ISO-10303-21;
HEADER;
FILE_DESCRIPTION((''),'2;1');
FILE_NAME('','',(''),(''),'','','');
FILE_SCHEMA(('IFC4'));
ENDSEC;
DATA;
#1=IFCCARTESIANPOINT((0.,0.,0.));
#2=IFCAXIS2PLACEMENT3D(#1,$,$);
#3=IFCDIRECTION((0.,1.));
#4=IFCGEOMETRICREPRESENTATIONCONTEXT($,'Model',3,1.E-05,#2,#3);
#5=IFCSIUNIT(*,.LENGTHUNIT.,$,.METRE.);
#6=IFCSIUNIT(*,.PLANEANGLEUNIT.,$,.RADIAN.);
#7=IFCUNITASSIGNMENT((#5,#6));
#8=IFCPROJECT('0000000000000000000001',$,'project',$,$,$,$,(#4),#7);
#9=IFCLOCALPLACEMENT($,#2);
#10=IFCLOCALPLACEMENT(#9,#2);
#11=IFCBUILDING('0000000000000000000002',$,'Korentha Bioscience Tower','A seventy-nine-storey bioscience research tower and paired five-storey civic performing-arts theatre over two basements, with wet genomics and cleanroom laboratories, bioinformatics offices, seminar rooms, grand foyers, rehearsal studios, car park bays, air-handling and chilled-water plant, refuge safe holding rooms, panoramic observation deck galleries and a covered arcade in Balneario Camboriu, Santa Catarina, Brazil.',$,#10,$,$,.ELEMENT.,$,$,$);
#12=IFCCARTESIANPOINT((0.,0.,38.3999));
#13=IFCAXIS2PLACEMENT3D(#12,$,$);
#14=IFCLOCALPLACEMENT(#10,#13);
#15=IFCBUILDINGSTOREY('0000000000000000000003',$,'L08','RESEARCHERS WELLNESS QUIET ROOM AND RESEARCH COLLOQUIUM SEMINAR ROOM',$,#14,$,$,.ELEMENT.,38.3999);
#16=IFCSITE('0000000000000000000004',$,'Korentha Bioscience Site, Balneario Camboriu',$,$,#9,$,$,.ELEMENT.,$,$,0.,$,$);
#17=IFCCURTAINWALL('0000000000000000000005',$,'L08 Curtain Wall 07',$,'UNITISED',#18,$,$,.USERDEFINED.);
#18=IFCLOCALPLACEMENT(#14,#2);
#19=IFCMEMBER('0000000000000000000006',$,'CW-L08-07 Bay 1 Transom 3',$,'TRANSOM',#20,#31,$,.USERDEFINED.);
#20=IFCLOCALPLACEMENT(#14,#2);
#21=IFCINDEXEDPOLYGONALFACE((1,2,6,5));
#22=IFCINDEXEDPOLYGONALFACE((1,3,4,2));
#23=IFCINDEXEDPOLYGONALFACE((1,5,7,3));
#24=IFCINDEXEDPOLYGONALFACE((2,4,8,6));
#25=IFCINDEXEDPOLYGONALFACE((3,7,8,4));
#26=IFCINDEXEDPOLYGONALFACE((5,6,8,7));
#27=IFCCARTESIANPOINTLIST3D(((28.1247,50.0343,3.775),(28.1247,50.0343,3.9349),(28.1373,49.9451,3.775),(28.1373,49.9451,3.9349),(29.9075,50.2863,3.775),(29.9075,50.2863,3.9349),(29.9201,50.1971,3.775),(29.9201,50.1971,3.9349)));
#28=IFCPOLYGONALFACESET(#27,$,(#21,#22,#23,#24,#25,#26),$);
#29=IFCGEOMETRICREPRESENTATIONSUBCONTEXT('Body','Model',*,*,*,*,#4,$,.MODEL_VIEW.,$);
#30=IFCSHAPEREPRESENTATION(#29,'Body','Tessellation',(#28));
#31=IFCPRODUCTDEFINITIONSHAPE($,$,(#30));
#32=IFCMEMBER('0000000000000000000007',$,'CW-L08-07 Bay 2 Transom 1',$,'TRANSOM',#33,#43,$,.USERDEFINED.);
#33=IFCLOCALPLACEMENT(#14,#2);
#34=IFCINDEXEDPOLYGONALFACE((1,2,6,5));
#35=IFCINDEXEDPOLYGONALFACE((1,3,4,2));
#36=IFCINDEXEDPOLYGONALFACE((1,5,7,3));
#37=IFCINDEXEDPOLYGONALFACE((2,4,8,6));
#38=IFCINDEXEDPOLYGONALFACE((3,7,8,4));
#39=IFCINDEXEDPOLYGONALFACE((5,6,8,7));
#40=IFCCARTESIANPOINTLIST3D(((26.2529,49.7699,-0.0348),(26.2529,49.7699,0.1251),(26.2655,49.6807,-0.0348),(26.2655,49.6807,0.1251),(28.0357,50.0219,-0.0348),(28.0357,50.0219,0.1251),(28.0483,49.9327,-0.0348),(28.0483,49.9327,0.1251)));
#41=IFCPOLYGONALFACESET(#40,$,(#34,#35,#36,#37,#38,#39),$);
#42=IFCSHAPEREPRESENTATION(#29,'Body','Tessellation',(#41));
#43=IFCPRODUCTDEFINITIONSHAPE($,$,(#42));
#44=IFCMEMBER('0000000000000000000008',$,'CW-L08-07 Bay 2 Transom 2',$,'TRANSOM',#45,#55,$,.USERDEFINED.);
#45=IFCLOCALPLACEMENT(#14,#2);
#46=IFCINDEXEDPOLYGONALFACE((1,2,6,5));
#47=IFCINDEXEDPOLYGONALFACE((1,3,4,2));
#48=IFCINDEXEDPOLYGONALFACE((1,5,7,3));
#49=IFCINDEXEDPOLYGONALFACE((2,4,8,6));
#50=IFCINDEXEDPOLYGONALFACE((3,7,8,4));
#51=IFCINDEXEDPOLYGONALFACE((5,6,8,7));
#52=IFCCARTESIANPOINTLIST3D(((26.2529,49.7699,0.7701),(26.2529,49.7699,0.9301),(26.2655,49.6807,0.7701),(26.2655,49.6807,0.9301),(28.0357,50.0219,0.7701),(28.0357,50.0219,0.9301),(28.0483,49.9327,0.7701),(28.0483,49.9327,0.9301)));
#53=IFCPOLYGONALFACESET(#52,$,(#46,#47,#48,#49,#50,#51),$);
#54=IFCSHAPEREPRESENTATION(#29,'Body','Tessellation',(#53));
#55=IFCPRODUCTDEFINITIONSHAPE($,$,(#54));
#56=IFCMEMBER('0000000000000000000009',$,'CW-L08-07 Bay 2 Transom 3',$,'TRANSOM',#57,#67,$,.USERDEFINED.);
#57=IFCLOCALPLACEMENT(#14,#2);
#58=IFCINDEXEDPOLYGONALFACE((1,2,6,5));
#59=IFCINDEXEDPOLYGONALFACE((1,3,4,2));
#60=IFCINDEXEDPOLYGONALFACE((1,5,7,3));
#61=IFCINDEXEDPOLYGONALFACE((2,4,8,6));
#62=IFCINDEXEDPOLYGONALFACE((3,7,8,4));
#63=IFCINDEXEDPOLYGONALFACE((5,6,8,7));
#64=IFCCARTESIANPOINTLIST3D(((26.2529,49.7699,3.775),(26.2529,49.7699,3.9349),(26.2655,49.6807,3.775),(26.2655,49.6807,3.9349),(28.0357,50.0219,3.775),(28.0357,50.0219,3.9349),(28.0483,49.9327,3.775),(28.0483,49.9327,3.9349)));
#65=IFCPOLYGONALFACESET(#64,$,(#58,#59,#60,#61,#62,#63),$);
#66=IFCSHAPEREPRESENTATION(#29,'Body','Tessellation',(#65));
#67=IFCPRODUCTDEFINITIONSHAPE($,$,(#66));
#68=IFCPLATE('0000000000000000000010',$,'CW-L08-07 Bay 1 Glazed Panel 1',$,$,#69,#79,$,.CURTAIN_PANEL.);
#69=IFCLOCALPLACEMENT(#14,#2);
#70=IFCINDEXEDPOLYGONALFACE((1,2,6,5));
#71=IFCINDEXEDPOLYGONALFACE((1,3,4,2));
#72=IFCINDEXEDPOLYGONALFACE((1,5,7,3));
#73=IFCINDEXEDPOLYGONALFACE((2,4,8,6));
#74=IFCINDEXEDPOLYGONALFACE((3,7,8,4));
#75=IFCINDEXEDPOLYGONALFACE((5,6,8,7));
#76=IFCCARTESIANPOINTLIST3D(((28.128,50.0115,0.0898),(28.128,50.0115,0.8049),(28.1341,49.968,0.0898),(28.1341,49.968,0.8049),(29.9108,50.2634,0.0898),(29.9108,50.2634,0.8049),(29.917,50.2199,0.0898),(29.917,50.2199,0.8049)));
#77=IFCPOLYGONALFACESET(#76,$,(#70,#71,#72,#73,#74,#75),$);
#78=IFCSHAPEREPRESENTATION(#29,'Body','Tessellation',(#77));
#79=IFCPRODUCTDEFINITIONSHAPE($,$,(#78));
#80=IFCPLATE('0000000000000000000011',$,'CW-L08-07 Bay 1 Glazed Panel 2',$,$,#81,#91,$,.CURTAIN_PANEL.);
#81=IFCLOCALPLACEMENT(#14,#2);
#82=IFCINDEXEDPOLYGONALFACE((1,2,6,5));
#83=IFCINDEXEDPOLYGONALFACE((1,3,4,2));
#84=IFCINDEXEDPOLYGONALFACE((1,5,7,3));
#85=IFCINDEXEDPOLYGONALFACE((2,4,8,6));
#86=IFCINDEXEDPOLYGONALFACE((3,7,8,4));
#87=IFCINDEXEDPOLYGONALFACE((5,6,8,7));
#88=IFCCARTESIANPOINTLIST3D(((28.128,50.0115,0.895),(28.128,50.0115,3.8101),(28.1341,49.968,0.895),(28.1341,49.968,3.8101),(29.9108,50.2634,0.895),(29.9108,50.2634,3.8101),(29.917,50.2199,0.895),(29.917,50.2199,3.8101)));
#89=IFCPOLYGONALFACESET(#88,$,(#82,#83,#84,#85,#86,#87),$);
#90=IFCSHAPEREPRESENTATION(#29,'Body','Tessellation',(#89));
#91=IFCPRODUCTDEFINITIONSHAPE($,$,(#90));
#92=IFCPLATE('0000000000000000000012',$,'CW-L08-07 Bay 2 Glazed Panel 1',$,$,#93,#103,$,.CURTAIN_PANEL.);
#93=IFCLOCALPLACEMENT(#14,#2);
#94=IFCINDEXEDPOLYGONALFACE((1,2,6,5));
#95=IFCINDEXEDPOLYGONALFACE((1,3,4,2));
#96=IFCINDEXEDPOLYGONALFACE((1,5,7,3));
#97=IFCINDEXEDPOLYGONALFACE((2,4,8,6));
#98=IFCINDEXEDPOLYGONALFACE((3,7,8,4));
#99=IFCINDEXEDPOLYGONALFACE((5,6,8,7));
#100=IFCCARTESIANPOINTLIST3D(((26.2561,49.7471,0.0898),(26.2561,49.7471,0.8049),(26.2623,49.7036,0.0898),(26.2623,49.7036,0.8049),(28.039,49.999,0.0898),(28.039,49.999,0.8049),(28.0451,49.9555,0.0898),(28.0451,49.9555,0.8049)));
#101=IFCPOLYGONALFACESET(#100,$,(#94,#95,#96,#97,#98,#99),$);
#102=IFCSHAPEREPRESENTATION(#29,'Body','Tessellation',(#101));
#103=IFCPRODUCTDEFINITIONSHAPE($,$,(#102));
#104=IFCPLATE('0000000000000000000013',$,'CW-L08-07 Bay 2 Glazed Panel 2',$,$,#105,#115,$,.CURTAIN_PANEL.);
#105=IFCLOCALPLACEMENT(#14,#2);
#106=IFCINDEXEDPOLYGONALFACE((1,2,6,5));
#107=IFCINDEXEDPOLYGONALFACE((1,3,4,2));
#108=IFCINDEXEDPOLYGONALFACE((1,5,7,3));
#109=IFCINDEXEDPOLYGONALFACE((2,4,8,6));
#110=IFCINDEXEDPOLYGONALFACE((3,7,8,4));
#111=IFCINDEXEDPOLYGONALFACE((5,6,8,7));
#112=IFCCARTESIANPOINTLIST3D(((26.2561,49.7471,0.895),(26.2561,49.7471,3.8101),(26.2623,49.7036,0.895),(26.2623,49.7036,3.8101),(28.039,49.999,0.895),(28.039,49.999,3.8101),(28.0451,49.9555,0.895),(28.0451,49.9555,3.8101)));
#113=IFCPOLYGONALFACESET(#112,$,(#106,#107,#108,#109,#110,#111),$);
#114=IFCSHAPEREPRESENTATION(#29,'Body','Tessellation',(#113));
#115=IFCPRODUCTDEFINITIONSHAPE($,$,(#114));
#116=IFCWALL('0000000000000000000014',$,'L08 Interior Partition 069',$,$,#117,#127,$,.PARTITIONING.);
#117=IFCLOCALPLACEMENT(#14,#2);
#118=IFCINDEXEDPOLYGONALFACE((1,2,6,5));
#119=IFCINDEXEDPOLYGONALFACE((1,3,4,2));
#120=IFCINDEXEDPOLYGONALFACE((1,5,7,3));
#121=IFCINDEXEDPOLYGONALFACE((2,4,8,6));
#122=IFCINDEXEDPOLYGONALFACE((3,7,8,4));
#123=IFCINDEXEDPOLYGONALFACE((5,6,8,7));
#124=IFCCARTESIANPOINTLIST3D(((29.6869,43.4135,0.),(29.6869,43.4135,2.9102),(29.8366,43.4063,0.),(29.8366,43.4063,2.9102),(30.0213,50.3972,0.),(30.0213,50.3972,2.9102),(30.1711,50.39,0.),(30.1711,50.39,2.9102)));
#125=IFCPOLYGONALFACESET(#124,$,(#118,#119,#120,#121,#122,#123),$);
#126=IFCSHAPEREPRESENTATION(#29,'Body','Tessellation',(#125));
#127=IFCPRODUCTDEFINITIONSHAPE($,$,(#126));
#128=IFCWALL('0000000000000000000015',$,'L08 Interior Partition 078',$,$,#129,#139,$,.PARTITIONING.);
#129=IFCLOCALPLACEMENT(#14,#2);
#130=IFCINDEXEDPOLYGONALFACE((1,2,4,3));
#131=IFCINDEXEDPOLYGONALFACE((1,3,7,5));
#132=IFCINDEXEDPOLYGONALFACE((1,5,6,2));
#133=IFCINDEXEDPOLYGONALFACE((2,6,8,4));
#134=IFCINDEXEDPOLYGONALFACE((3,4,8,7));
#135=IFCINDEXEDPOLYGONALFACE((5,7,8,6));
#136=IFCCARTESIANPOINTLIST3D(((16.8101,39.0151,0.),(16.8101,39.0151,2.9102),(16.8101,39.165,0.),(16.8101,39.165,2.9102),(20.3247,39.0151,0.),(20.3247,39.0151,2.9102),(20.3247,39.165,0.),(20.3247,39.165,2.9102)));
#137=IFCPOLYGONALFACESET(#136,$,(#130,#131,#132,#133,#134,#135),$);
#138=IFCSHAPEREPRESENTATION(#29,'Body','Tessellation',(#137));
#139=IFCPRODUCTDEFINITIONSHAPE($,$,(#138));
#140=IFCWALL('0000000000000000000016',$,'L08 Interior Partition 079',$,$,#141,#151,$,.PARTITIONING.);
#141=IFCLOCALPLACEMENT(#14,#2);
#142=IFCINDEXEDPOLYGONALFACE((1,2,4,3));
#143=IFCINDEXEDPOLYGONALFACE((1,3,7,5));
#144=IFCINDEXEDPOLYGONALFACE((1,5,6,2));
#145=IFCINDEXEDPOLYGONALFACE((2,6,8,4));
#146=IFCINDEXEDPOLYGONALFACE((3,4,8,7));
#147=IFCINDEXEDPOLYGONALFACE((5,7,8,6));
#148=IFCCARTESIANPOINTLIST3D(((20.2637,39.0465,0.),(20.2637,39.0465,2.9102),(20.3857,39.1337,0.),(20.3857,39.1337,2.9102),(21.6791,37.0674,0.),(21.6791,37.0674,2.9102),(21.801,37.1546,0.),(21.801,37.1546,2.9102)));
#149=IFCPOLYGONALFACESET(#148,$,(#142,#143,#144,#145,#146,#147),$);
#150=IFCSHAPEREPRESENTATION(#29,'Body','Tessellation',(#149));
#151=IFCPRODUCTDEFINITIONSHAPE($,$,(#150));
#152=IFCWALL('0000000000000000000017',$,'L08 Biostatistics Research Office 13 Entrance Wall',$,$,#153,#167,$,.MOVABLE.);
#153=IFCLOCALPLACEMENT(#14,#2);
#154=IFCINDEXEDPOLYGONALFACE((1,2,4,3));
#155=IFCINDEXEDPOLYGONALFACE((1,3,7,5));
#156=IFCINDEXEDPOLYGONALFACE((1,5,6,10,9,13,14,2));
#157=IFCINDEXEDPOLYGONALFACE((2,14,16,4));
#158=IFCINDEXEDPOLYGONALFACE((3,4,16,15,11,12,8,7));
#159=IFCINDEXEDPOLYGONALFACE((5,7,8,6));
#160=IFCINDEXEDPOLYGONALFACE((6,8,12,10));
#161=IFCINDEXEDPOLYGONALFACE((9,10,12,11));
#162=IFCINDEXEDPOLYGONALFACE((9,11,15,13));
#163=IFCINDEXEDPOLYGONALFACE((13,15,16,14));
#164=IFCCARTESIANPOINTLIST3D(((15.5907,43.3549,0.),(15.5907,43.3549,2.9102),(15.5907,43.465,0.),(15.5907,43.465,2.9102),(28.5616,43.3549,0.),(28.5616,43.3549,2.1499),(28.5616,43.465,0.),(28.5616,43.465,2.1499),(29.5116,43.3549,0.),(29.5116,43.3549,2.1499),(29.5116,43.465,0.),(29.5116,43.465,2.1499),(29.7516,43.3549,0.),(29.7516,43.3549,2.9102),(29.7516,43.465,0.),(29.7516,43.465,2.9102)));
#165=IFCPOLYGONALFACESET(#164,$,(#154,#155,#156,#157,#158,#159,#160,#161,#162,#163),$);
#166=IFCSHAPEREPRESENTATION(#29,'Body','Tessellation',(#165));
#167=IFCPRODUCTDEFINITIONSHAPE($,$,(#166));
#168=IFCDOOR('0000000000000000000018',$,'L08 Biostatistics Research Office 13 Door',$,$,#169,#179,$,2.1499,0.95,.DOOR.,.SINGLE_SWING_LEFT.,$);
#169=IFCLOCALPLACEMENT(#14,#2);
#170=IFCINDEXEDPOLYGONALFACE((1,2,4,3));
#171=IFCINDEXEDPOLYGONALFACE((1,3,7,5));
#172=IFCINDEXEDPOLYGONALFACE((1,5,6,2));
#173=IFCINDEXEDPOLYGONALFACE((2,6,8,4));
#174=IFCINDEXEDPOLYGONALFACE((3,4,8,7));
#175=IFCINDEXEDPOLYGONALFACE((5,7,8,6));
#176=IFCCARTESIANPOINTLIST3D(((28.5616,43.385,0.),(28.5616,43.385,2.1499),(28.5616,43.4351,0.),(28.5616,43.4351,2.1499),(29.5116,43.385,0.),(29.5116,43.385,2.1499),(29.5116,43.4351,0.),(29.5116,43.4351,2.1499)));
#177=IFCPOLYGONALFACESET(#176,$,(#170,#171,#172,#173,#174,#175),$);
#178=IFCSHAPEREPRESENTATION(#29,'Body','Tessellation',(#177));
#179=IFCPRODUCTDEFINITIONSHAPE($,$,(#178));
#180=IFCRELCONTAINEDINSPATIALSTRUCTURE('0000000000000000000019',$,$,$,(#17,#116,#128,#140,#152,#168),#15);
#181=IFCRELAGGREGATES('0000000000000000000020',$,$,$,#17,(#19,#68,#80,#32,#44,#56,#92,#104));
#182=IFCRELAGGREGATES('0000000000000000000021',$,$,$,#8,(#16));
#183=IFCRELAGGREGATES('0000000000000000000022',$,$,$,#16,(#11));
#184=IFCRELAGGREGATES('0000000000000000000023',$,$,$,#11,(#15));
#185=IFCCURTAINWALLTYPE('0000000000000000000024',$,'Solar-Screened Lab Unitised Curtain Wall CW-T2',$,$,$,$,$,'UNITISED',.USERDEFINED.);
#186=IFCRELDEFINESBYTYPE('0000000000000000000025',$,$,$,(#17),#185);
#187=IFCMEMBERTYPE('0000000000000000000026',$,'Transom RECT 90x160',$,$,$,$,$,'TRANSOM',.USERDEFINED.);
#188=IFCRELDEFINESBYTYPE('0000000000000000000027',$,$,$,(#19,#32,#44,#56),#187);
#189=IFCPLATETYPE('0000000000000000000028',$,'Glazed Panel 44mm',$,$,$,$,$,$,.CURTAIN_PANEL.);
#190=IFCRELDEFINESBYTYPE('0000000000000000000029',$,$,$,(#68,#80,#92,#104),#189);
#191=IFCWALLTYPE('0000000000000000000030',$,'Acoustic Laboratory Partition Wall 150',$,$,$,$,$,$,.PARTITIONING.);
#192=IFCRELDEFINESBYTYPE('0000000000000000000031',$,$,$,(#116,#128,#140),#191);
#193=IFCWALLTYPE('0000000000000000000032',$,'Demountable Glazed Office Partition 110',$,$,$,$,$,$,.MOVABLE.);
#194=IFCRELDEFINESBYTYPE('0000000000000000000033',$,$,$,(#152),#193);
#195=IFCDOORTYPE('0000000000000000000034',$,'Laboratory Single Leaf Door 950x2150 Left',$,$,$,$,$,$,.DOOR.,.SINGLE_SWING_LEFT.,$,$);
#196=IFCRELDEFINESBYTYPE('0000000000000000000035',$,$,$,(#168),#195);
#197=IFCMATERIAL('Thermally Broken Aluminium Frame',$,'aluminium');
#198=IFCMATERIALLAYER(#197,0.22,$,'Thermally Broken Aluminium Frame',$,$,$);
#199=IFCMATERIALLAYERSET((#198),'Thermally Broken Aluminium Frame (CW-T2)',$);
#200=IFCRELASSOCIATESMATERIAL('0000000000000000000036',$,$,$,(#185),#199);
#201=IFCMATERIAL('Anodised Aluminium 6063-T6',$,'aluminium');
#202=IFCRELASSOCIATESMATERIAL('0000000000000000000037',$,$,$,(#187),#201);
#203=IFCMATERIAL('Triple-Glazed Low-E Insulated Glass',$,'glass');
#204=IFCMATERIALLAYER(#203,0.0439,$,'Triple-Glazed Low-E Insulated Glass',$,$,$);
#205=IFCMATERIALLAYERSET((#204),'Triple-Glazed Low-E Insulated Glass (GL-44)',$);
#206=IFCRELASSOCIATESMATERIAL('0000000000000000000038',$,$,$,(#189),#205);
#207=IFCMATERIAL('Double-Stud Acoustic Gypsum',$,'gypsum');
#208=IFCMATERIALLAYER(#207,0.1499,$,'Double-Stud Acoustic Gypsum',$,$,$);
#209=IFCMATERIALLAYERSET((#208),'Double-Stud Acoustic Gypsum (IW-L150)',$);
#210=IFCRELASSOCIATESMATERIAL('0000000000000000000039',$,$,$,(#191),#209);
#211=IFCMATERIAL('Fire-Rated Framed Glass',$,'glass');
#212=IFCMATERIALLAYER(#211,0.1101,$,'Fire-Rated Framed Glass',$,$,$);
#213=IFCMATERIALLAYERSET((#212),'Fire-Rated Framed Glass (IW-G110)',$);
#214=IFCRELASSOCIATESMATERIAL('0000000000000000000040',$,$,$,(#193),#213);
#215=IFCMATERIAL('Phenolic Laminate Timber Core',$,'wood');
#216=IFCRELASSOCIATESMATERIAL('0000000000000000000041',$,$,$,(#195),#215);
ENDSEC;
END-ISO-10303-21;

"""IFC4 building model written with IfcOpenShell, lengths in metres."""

from ifc_helpers import new_model, si_unit, direction, frame, frame_2d, origin, origin_2d, place, context, subcontext, project, spatial, rectangle, extrude, material, layer, layer_set, material_profile, profile_set, type_object, element, fill, aggregate, save


model = new_model("IFC4")

# Units and contexts
model_context = context("Model", 3, precision=1e-05, world=origin(), true_north=direction((0.0, 1.0)))
body_context = subcontext(model_context, "Body", "Model", "MODEL_VIEW")
ifc_project = project(units=[si_unit("LENGTHUNIT", "METRE"), si_unit("PLANEANGLEUNIT", "RADIAN")], contexts=[model_context])

# Site, building, storey
site_placement = place(None, origin())
site = spatial("IfcSite", under=ifc_project, at=site_placement, Name="Korentha Bioscience Site, Balneario Camboriu", CompositionType="ELEMENT", RefElevation=0.0)
building_placement = place(site_placement, origin())
building = spatial("IfcBuilding", under=site, at=building_placement, Name="Korentha Bioscience Tower", Description="A seventy-nine-storey bioscience research tower and paired five-storey civic performing-arts theatre over two basements, with wet genomics and cleanroom laboratories, bioinformatics offices, seminar rooms, grand foyers, rehearsal studios, car park bays, air-handling and chilled-water plant, refuge safe holding rooms, panoramic observation deck galleries and a covered arcade in Balneario Camboriu, Santa Catarina, Brazil.", CompositionType="ELEMENT")
storey_placement = place(building_placement, frame((0.0, 0.0, 38.3999)))
storey = spatial("IfcBuildingStorey", under=building, at=storey_placement, Name="L08", Description="RESEARCHERS WELLNESS QUIET ROOM AND RESEARCH COLLOQUIUM SEMINAR ROOM", CompositionType="ELEMENT", Elevation=38.3999)

# Curtain wall
ifc_material_1 = material(Name="Thermally Broken Aluminium Frame", Category="aluminium")
ifc_layer_1 = layer(ifc_material_1, 0.22, Name="Thermally Broken Aluminium Frame")
ifc_layer_set_1 = layer_set([ifc_layer_1], Name="Thermally Broken Aluminium Frame (CW-T2)")
curtain_wall_type = type_object("IfcCurtainWallType", Name="Solar-Screened Lab Unitised Curtain Wall CW-T2", ElementType="UNITISED", PredefinedType="USERDEFINED", material=ifc_layer_set_1)
curtain_wall_placement = place(storey_placement, origin())
curtain_wall = element("IfcCurtainWall", 1, at=curtain_wall_placement, inside=storey, type_object=curtain_wall_type, Name="L08 Curtain Wall 07", ObjectType="UNITISED", PredefinedType="USERDEFINED")
ifc_material_2 = material(Name="Anodised Aluminium 6063-T6", Category="aluminium")

# Members
ifc_material_profile_1 = material_profile(ifc_material_2, rectangle(XDim=0.0901, YDim=0.1599, at=origin_2d()), Name="Anodised Aluminium 6063-T6")
ifc_profile_set_1 = profile_set([ifc_material_profile_1], Name="Anodised Aluminium 6063-T6 (CW-TRN)")
member_type_1 = type_object("IfcMemberType", Name="Transom RECT 90x160", ElementType="TRANSOM", PredefinedType="USERDEFINED", material=ifc_profile_set_1)
member_1_placement = place(storey_placement, frame((29.9138, 50.2417, 3.855), z_axis=(-0.99016, -0.13994, 0.0), x_axis=(0.13994, -0.99016, 0.0)))
member_1 = element("IfcMember", 2, at=member_1_placement, type_object=member_type_1, Name="CW-L08-07 Bay 1 Transom 3", ObjectType="TRANSOM", PredefinedType="USERDEFINED", context=body_context, shape_type="SweptSolid", body=[
    extrude(rectangle(XDim=0.0901, YDim=0.1599, at=origin_2d()), origin(), (0.0, 0.0, 1.0), 1.8005),
])
member_2_placement = place(storey_placement, frame((28.042, 49.9773, 0.0452), z_axis=(-0.99016, -0.13994, 0.0), x_axis=(0.13994, -0.99016, 0.0)))
member_2 = element("IfcMember", 3, at=member_2_placement, type_object=member_type_1, Name="CW-L08-07 Bay 2 Transom 1", ObjectType="TRANSOM", PredefinedType="USERDEFINED", context=body_context, shape_type="SweptSolid", body=[
    extrude(rectangle(XDim=0.0901, YDim=0.1599, at=origin_2d()), origin(), (0.0, 0.0, 1.0), 1.8005),
])
member_3_placement = place(storey_placement, frame((28.042, 49.9773, 0.8501), z_axis=(-0.99016, -0.13994, 0.0), x_axis=(0.13994, -0.99016, 0.0)))
member_3 = element("IfcMember", 4, at=member_3_placement, type_object=member_type_1, Name="CW-L08-07 Bay 2 Transom 2", ObjectType="TRANSOM", PredefinedType="USERDEFINED", context=body_context, shape_type="SweptSolid", body=[
    extrude(rectangle(XDim=0.0901, YDim=0.1599, at=origin_2d()), origin(), (0.0, 0.0, 1.0), 1.8005),
])
member_4_placement = place(storey_placement, frame((28.042, 49.9773, 3.855), z_axis=(-0.99016, -0.13994, 0.0), x_axis=(0.13994, -0.99016, 0.0)))
member_4 = element("IfcMember", 5, at=member_4_placement, type_object=member_type_1, Name="CW-L08-07 Bay 2 Transom 3", ObjectType="TRANSOM", PredefinedType="USERDEFINED", context=body_context, shape_type="SweptSolid", body=[
    extrude(rectangle(XDim=0.0901, YDim=0.1599, at=origin_2d()), origin(), (0.0, 0.0, 1.0), 1.8005),
])

# Plates
ifc_material_3 = material(Name="Triple-Glazed Low-E Insulated Glass", Category="glass")
ifc_layer_2 = layer(ifc_material_3, 0.0439, Name="Triple-Glazed Low-E Insulated Glass")
ifc_layer_set_2 = layer_set([ifc_layer_2], Name="Triple-Glazed Low-E Insulated Glass (GL-44)")
plate_type = type_object("IfcPlateType", Name="Glazed Panel 44mm", PredefinedType="CURTAIN_PANEL", material=ifc_layer_set_2)
plate_1_placement = place(storey_placement, frame((29.0225, 50.1157, 0.0898), z_axis=(0.0, 0.0, 1.0), x_axis=(-0.990167, -0.139888, 0.0)))
plate_1 = element("IfcPlate", 6, at=plate_1_placement, type_object=plate_type, Name="CW-L08-07 Bay 1 Glazed Panel 1", PredefinedType="CURTAIN_PANEL", context=body_context, shape_type="SweptSolid", body=[
    extrude(rectangle(XDim=1.8005, YDim=0.0439, at=origin_2d()), origin(), (0.0, 0.0, 1.0), 0.7151),
])
plate_2_placement = place(storey_placement, frame((29.0225, 50.1157, 0.895), z_axis=(0.0, 0.0, 1.0), x_axis=(-0.990167, -0.139888, 0.0)))
plate_2 = element("IfcPlate", 7, at=plate_2_placement, type_object=plate_type, Name="CW-L08-07 Bay 1 Glazed Panel 2", PredefinedType="CURTAIN_PANEL", context=body_context, shape_type="SweptSolid", body=[
    extrude(rectangle(XDim=1.8005, YDim=0.0439, at=origin_2d()), origin(), (0.0, 0.0, 1.0), 2.915),
])
plate_3_placement = place(storey_placement, frame((27.1506, 49.8513, 0.0898), z_axis=(0.0, 0.0, 1.0), x_axis=(-0.990167, -0.139888, 0.0)))
plate_3 = element("IfcPlate", 8, at=plate_3_placement, type_object=plate_type, Name="CW-L08-07 Bay 2 Glazed Panel 1", PredefinedType="CURTAIN_PANEL", context=body_context, shape_type="SweptSolid", body=[
    extrude(rectangle(XDim=1.8005, YDim=0.0439, at=origin_2d()), origin(), (0.0, 0.0, 1.0), 0.7151),
])
plate_4_placement = place(storey_placement, frame((27.1506, 49.8513, 0.895), z_axis=(0.0, 0.0, 1.0), x_axis=(-0.990167, -0.139888, 0.0)))
plate_4 = element("IfcPlate", 9, at=plate_4_placement, type_object=plate_type, Name="CW-L08-07 Bay 2 Glazed Panel 2", PredefinedType="CURTAIN_PANEL", context=body_context, shape_type="SweptSolid", body=[
    extrude(rectangle(XDim=1.8005, YDim=0.0439, at=origin_2d()), origin(), (0.0, 0.0, 1.0), 2.915),
])
aggregate(curtain_wall, [member_1, plate_1, plate_2, member_2, member_3, member_4, plate_3, plate_4])

# Walls
ifc_material_4 = material(Name="Double-Stud Acoustic Gypsum", Category="gypsum")
ifc_layer_3 = layer(ifc_material_4, 0.1499, Name="Double-Stud Acoustic Gypsum")
ifc_layer_set_3 = layer_set([ifc_layer_3], Name="Double-Stud Acoustic Gypsum (IW-L150)")
wall_type_1 = type_object("IfcWallType", Name="Acoustic Laboratory Partition Wall 150", PredefinedType="PARTITIONING", material=ifc_layer_set_3)
wall_1_placement = place(storey_placement, frame((29.7617, 43.4099, 0.0), z_axis=(0.0, 0.0, 1.0), x_axis=(0.047839, 0.998855, 0.0)))
element("IfcWall", 10, at=wall_1_placement, inside=storey, type_object=wall_type_1, Name="L08 Interior Partition 069", PredefinedType="PARTITIONING", context=body_context, shape_type="SweptSolid", body=[
    extrude(rectangle(XDim=6.9917, YDim=0.1499, at=frame_2d((3.4958, 0.0))), origin(), (0.0, 0.0, 1.0), 2.9102),
])
wall_2_placement = place(storey_placement, frame((16.8101, 39.0901, 0.0), z_axis=(0.0, 0.0, 1.0), x_axis=(1.0, 0.0, 0.0)))
element("IfcWall", 11, at=wall_2_placement, inside=storey, type_object=wall_type_1, Name="L08 Interior Partition 078", PredefinedType="PARTITIONING", context=body_context, shape_type="SweptSolid", body=[
    extrude(rectangle(XDim=3.5146, YDim=0.1499, at=frame_2d((1.7573, 0.0))), origin(), (0.0, 0.0, 1.0), 2.9102),
])
wall_3_placement = place(storey_placement, frame((20.3247, 39.0901, 0.0), z_axis=(0.0, 0.0, 1.0), x_axis=(0.581703, -0.813401, 0.0)))
element("IfcWall", 12, at=wall_3_placement, inside=storey, type_object=wall_type_1, Name="L08 Interior Partition 079", PredefinedType="PARTITIONING", context=body_context, shape_type="SweptSolid", body=[
    extrude(rectangle(XDim=2.4331, YDim=0.1499, at=frame_2d((1.2166, 0.0))), origin(), (0.0, 0.0, 1.0), 2.9102),
])

# Wall, opening, door
ifc_material_5 = material(Name="Fire-Rated Framed Glass", Category="glass")
ifc_layer_4 = layer(ifc_material_5, 0.1101, Name="Fire-Rated Framed Glass")
ifc_layer_set_4 = layer_set([ifc_layer_4], Name="Fire-Rated Framed Glass (IW-G110)")
wall_type_2 = type_object("IfcWallType", Name="Demountable Glazed Office Partition 110", PredefinedType="MOVABLE", material=ifc_layer_set_4)
wall_4_placement = place(storey_placement, frame((29.7517, 43.4099, 0.0), z_axis=(0.0, 0.0, 1.0), x_axis=(-1.0, 0.0, 0.0)))
wall_4 = element("IfcWall", 13, at=wall_4_placement, inside=storey, type_object=wall_type_2, Name="L08 Biostatistics Research Office 13 Entrance Wall", PredefinedType="MOVABLE", context=body_context, shape_type="SweptSolid", body=[
    extrude(rectangle(XDim=14.1609, YDim=0.1101, at=frame_2d((7.0806, 0.0))), origin(), (0.0, 0.0, 1.0), 2.9102),
])
opening_1_placement = place(wall_4_placement, frame((0.24, 0.0, 0.0)))
opening_1 = element("IfcOpeningElement", 14, at=opening_1_placement, cuts=wall_4, PredefinedType="OPENING", context=body_context, shape_type="SweptSolid", body=[
    extrude(rectangle(XDim=0.95, YDim=2.1499, at=frame_2d((0.4751, 1.075))), frame((0.0, 0.0698, 0.0), z_axis=(0.0, -1.0, 0.0), x_axis=(1.0, 0.0, 0.0)), (0.0, 0.0, 1.0), 0.1399),
])
ifc_material_6 = material(Name="Phenolic Laminate Timber Core", Category="wood")
door_type = type_object("IfcDoorType", Name="Laboratory Single Leaf Door 950x2150 Left", OperationType="SINGLE_SWING_LEFT", PredefinedType="DOOR", material=ifc_material_6)
door_placement = place(opening_1_placement, origin())
door = element("IfcDoor", 15, at=door_placement, inside=storey, type_object=door_type, Name="L08 Biostatistics Research Office 13 Door", OperationType="SINGLE_SWING_LEFT", OverallHeight=2.1499, OverallWidth=0.95, PredefinedType="DOOR", context=body_context, shape_type="SweptSolid", body=[
    extrude(rectangle(XDim=0.95, YDim=2.1499, at=frame_2d((0.4751, 1.075))), frame((0.0, 0.0249, 0.0), z_axis=(0.0, -1.0, 0.0), x_axis=(1.0, 0.0, 0.0)), (0.0, 0.0, 1.0), 0.05),
])
fill(opening_1, door)

save(model, "model.ifc")
